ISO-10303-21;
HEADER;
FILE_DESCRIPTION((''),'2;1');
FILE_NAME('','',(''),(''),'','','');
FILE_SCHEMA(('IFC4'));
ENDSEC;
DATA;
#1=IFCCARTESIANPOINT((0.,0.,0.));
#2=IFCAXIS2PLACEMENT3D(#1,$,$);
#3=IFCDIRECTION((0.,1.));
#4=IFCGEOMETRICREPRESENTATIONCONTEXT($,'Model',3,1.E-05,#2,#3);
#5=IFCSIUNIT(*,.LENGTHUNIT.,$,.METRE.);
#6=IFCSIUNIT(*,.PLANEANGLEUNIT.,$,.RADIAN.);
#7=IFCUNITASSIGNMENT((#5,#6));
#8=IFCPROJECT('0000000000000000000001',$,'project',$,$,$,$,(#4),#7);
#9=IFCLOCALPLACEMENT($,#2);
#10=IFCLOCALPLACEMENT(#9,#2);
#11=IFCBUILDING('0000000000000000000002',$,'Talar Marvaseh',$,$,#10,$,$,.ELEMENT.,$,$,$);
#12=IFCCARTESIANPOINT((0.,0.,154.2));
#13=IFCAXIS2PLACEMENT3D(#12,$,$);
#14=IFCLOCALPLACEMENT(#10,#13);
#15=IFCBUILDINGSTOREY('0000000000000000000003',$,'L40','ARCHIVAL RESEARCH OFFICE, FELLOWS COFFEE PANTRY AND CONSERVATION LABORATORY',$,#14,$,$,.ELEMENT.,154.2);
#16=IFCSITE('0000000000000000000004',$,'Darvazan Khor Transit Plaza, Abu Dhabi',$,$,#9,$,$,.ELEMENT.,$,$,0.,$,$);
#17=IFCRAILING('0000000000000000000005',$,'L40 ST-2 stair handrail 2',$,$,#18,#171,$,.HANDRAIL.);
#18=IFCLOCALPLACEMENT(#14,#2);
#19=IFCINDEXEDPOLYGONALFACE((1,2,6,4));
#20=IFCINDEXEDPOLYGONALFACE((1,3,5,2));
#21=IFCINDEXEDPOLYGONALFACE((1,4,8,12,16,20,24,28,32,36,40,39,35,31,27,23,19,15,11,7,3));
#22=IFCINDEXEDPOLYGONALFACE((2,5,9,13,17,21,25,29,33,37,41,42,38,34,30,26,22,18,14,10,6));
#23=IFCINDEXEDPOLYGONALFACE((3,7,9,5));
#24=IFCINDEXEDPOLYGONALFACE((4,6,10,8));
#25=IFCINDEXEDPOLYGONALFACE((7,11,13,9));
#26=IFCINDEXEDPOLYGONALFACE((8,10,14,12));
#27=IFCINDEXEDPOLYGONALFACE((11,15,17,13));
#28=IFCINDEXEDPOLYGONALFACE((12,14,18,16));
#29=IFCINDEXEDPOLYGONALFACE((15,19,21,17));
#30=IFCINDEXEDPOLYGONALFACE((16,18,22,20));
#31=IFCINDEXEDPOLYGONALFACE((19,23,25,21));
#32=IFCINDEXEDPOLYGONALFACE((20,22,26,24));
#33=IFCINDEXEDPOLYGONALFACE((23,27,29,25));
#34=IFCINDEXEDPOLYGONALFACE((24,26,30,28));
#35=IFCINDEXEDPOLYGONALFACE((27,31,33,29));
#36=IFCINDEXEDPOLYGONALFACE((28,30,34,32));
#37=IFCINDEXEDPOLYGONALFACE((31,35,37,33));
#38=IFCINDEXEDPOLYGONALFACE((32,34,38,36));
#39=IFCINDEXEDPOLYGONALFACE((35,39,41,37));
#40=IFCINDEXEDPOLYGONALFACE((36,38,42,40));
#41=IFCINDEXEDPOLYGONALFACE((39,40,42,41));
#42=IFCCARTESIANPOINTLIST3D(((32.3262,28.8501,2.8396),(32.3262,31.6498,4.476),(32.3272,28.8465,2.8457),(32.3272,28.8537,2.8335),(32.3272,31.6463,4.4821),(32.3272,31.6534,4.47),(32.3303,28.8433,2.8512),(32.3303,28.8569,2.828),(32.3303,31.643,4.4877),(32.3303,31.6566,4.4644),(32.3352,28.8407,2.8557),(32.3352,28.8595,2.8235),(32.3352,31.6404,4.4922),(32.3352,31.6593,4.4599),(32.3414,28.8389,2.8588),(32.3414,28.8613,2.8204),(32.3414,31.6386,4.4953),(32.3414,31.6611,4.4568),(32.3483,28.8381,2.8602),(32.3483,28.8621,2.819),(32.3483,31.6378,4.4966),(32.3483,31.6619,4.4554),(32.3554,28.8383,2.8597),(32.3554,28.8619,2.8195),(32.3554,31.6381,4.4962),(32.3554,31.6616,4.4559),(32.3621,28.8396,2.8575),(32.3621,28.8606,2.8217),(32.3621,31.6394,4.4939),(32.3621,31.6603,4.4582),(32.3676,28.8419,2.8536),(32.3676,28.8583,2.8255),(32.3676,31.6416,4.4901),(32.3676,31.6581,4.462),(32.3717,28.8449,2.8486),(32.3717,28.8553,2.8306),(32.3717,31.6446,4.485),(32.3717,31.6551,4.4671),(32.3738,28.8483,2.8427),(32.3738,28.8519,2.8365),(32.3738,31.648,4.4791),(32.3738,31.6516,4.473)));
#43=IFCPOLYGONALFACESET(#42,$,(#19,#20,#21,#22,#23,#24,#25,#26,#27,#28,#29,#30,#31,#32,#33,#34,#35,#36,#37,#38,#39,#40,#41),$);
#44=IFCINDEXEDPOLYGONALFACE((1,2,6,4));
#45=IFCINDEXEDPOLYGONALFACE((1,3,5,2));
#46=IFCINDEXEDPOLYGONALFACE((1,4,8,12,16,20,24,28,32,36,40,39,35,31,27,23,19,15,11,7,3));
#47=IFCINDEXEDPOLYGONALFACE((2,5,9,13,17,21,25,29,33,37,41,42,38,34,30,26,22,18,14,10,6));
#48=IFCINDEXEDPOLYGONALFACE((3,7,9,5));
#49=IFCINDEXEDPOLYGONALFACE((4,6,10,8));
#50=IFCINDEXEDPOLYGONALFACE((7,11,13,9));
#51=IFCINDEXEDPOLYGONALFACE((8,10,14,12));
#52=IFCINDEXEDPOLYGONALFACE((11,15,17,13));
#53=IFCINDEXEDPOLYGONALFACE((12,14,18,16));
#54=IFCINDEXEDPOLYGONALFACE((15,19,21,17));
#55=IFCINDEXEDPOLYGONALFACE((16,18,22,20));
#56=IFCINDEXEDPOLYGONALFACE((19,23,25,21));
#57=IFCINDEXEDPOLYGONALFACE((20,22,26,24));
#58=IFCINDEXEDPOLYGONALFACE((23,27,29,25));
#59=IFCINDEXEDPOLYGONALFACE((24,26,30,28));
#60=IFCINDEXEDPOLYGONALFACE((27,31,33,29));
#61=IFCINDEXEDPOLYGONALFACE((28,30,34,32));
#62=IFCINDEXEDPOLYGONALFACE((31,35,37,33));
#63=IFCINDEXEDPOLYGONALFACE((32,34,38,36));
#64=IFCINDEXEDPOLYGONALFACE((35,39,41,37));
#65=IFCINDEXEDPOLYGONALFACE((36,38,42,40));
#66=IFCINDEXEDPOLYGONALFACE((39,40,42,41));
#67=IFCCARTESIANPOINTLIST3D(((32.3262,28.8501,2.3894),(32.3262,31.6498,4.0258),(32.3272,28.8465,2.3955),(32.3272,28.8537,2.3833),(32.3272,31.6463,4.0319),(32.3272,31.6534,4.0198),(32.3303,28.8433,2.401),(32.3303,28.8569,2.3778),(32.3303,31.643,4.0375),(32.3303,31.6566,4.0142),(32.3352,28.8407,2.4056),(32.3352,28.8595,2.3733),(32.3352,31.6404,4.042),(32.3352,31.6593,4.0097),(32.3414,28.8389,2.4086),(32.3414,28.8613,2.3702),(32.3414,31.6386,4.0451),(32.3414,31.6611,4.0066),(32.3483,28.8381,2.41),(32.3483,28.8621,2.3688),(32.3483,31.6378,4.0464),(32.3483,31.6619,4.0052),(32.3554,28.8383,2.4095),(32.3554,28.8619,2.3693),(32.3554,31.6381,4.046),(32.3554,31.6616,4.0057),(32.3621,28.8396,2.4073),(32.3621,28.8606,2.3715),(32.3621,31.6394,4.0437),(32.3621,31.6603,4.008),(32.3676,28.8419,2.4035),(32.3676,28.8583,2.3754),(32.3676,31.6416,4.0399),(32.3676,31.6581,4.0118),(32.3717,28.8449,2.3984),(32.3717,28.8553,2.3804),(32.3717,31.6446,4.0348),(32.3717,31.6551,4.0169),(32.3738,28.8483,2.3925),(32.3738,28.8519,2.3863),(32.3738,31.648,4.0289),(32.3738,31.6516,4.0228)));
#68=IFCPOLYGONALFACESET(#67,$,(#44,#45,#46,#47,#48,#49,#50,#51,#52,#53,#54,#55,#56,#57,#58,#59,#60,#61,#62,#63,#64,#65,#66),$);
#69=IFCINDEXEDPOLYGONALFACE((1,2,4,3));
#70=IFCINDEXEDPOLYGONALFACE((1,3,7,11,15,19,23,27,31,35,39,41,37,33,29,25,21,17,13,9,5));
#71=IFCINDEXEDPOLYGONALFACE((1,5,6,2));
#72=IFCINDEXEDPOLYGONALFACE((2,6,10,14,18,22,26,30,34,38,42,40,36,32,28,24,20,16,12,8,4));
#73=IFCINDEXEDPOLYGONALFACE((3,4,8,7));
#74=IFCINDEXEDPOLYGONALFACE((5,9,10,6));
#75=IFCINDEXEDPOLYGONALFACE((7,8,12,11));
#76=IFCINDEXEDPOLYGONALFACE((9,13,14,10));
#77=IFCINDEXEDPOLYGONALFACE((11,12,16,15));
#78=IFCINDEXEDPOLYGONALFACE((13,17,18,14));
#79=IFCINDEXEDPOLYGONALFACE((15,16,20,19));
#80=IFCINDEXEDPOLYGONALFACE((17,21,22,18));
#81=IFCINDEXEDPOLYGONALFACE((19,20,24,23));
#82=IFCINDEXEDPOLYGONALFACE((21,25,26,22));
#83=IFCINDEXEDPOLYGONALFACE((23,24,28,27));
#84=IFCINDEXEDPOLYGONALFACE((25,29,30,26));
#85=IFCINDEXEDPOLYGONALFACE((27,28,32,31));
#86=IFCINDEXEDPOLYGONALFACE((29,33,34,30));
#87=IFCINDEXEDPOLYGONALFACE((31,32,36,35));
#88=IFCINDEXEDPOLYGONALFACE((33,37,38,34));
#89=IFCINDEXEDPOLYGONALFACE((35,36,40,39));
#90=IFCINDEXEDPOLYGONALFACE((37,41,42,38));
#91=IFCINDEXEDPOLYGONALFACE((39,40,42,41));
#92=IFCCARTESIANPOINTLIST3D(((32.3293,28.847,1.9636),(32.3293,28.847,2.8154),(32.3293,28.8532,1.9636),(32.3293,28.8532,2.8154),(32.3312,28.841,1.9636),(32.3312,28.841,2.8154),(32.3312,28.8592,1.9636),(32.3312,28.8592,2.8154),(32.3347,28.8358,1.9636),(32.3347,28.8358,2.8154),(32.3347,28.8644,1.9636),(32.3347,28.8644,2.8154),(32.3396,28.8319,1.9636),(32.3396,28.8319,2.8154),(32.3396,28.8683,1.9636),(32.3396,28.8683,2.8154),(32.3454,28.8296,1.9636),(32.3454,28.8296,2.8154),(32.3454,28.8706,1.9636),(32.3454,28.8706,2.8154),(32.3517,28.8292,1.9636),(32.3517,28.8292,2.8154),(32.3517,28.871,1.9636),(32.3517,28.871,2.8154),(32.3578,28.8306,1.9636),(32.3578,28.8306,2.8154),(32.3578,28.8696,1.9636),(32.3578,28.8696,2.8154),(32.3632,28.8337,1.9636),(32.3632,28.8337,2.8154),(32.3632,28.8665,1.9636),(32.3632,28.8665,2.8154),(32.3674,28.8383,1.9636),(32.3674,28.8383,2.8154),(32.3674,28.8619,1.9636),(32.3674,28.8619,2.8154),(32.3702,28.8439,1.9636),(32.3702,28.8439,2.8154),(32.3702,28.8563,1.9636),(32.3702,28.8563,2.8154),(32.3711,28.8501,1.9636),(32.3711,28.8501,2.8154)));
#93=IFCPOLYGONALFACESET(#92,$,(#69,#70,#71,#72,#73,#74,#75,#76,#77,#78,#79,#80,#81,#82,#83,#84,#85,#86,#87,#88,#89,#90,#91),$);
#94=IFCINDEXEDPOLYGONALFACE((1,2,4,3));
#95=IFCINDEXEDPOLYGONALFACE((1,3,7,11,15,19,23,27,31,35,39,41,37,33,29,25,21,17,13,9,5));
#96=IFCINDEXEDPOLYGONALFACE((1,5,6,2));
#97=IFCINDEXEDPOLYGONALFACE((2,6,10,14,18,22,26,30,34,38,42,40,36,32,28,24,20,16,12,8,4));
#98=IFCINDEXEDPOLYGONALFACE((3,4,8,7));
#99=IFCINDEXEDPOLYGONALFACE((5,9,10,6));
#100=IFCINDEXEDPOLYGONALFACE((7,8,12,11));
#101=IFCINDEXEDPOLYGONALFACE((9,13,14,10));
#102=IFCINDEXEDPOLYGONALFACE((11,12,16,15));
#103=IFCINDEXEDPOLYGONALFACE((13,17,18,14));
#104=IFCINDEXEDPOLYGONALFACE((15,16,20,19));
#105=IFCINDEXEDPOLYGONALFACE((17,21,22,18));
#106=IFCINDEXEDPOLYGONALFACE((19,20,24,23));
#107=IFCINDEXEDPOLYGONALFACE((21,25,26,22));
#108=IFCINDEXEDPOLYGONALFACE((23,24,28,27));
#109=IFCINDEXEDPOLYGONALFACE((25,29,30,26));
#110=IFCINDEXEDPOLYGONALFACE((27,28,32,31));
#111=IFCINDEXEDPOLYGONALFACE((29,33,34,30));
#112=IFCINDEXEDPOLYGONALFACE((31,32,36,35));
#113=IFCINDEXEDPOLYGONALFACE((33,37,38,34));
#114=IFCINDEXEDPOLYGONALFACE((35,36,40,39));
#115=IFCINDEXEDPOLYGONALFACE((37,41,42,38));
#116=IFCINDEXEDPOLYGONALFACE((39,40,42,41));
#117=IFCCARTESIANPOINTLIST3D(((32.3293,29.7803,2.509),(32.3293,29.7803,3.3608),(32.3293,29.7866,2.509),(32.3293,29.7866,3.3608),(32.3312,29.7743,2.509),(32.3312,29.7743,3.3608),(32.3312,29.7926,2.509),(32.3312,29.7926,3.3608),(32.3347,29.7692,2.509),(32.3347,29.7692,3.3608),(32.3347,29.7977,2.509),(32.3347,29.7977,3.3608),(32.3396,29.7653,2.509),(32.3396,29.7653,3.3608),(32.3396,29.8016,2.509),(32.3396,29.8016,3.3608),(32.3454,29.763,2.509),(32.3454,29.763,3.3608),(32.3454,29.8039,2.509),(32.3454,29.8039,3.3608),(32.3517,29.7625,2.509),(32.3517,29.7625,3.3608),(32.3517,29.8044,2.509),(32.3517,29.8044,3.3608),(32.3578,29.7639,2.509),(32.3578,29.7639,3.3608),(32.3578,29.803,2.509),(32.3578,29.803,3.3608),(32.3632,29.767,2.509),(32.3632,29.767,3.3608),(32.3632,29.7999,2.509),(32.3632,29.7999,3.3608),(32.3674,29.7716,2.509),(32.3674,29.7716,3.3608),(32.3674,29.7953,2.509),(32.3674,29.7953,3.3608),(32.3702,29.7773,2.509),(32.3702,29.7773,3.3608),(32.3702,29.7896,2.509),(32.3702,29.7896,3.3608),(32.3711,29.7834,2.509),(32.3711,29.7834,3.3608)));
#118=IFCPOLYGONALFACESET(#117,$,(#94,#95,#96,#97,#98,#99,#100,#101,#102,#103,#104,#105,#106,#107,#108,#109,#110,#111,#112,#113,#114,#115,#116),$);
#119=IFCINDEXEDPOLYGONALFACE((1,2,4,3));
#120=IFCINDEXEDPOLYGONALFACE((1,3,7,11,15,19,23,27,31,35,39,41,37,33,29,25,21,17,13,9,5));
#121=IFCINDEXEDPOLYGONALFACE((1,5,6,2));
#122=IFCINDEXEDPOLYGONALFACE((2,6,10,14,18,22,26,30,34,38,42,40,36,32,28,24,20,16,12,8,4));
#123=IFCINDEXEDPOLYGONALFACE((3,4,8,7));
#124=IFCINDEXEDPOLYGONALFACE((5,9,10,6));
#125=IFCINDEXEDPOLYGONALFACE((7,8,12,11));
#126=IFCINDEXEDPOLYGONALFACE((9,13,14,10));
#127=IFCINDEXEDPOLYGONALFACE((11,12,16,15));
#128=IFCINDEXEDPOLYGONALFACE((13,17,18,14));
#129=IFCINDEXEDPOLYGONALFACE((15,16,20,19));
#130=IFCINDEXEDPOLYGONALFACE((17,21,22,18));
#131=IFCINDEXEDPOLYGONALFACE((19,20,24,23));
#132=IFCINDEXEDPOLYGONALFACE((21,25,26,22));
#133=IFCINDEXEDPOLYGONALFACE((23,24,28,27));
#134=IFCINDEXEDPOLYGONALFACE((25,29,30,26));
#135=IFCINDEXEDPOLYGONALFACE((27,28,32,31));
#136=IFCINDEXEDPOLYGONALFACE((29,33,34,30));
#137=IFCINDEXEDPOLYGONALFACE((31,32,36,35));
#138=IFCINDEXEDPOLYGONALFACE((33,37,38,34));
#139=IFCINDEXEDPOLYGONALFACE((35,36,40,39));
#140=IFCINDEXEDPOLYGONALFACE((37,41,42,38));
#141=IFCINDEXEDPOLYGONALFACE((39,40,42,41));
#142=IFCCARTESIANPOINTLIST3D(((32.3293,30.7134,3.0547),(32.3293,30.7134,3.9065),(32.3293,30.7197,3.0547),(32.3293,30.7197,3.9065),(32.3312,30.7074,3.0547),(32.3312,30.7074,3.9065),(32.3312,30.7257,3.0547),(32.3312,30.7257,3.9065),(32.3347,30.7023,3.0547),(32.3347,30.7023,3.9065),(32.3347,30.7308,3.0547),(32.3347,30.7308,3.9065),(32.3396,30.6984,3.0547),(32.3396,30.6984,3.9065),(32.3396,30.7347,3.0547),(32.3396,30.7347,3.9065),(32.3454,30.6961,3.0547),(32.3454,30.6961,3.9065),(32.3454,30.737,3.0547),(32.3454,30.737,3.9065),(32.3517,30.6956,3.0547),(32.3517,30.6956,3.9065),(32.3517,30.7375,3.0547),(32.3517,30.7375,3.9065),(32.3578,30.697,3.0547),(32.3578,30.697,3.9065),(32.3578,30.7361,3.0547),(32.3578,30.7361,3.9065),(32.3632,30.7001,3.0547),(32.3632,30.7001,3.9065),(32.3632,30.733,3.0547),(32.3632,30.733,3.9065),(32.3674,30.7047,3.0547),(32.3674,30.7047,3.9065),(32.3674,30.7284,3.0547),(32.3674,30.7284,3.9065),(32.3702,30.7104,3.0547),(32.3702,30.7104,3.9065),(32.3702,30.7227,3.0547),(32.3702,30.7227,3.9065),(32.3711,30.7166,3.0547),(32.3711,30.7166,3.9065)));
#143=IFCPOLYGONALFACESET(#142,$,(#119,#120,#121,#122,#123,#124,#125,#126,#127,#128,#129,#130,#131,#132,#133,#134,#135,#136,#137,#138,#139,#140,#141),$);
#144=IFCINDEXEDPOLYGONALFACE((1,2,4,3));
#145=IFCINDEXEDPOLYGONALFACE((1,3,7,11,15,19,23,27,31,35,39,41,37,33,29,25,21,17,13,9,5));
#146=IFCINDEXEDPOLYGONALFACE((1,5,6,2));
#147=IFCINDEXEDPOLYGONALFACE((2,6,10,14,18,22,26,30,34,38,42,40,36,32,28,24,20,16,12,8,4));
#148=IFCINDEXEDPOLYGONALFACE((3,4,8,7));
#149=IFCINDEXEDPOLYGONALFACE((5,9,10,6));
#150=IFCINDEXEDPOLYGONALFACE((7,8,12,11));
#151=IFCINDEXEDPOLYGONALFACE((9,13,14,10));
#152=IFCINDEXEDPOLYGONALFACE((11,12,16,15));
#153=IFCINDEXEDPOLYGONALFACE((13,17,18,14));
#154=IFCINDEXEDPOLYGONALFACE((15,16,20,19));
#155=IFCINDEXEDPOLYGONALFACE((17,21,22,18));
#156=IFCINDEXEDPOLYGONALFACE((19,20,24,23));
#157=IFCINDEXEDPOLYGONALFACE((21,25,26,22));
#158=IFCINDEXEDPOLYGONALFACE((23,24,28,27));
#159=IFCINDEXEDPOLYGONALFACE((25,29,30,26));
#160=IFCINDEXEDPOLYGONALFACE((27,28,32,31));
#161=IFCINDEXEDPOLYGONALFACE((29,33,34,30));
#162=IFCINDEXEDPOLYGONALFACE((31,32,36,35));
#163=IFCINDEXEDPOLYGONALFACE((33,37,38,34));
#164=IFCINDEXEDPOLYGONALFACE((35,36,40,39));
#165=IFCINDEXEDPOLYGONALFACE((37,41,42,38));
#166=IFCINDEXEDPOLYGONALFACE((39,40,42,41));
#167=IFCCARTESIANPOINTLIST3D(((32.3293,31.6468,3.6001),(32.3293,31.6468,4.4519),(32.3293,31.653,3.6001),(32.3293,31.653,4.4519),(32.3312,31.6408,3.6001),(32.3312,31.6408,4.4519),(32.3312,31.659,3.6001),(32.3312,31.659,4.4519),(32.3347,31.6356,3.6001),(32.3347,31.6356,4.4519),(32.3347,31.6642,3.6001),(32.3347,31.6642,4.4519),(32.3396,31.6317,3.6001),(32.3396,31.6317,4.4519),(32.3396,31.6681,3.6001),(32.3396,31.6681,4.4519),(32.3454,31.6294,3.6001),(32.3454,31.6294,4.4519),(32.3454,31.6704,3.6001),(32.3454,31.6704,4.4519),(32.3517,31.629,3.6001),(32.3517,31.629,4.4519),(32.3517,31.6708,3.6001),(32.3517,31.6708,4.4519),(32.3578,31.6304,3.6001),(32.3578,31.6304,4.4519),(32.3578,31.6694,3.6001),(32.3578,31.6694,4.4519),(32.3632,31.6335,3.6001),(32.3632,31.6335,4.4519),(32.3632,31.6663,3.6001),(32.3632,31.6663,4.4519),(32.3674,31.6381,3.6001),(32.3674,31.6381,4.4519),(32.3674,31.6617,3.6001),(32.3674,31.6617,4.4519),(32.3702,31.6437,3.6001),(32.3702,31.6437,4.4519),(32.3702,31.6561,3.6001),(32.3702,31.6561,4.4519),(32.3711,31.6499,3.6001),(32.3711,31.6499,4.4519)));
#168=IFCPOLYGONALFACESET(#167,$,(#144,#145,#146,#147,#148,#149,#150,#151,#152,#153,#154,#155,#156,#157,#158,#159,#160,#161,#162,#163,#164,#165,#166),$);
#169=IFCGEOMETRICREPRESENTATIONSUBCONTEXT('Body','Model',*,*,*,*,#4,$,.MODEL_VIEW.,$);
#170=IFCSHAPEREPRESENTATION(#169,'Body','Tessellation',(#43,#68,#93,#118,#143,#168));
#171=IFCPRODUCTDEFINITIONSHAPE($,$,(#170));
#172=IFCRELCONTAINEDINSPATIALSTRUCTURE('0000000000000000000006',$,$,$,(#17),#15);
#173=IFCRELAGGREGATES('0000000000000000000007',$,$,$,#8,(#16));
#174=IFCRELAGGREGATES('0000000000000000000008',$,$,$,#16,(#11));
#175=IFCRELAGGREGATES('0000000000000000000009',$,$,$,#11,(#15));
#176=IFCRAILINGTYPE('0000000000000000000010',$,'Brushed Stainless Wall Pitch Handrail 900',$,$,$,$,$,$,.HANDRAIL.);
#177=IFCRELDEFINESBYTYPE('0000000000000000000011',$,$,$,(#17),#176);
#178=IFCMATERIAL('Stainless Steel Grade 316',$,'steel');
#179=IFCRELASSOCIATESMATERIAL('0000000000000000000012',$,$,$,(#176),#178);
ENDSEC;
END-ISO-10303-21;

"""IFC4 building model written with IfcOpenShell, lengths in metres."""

from ifc_helpers import new_model, si_unit, direction, frame, origin, origin_2d, place, context, subcontext, project, spatial, circle, extrude, material, type_object, element, save


model = new_model("IFC4")

# Units and contexts
model_context = context("Model", 3, precision=1e-05, world=origin(), true_north=direction((0.0, 1.0)))
body_context = subcontext(model_context, "Body", "Model", "MODEL_VIEW")
ifc_project = project(units=[si_unit("LENGTHUNIT", "METRE"), si_unit("PLANEANGLEUNIT", "RADIAN")], contexts=[model_context])

# Site, building, storey
site_placement = place(None, origin())
site = spatial("IfcSite", under=ifc_project, at=site_placement, Name="Darvazan Khor Transit Plaza, Abu Dhabi", CompositionType="ELEMENT", RefElevation=0.0)
building_placement = place(site_placement, origin())
building = spatial("IfcBuilding", under=site, at=building_placement, Name="Talar Marvaseh", CompositionType="ELEMENT")
storey_placement = place(building_placement, frame((0.0, 0.0, 154.2)))
storey = spatial("IfcBuildingStorey", under=building, at=storey_placement, Name="L40", Description="ARCHIVAL RESEARCH OFFICE, FELLOWS COFFEE PANTRY AND CONSERVATION LABORATORY", CompositionType="ELEMENT", Elevation=154.2)

# Shared definitions
ifc_material_1 = material(Name="Stainless Steel Grade 316", Category="steel")

# Railing
railing_type_1 = type_object("IfcRailingType", Name="Brushed Stainless Wall Pitch Handrail 900", PredefinedType="HANDRAIL", material=ifc_material_1)
railing_1_placement = place(storey_placement, frame((32.3501, 28.8501, 1.9636)))
element("IfcRailing", 1, at=railing_1_placement, inside=storey, type_object=railing_type_1, Name="L40 ST-2 stair handrail 2", PredefinedType="HANDRAIL", context=body_context, shape_type="SweptSolid", body=[
    extrude(circle(Radius=0.0239, at=origin_2d()), frame((0.0, 0.0, 0.876), z_axis=(0.0, 0.863342, 0.50462), x_axis=(-1.0, 0.0, 0.0)), (0.0, 0.0, 1.0), 3.2429),
    extrude(circle(Radius=0.0239, at=origin_2d()), frame((0.0, 0.0, 0.4258), z_axis=(0.0, 0.863342, 0.50462), x_axis=(-1.0, 0.0, 0.0)), (0.0, 0.0, 1.0), 3.2429),
    extrude(circle(Radius=0.021, at=origin_2d()), origin(), (0.0, 0.0, 1.0), 0.8518),
    extrude(circle(Radius=0.021, at=origin_2d()), frame((0.0, 0.9333, 0.5454)), (0.0, 0.0, 1.0), 0.8518),
    extrude(circle(Radius=0.021, at=origin_2d()), frame((0.0, 1.8665, 1.0911)), (0.0, 0.0, 1.0), 0.8518),
    extrude(circle(Radius=0.021, at=origin_2d()), frame((0.0, 2.7998, 1.6365)), (0.0, 0.0, 1.0), 0.8518),
])

save(model, "model.ifc")
